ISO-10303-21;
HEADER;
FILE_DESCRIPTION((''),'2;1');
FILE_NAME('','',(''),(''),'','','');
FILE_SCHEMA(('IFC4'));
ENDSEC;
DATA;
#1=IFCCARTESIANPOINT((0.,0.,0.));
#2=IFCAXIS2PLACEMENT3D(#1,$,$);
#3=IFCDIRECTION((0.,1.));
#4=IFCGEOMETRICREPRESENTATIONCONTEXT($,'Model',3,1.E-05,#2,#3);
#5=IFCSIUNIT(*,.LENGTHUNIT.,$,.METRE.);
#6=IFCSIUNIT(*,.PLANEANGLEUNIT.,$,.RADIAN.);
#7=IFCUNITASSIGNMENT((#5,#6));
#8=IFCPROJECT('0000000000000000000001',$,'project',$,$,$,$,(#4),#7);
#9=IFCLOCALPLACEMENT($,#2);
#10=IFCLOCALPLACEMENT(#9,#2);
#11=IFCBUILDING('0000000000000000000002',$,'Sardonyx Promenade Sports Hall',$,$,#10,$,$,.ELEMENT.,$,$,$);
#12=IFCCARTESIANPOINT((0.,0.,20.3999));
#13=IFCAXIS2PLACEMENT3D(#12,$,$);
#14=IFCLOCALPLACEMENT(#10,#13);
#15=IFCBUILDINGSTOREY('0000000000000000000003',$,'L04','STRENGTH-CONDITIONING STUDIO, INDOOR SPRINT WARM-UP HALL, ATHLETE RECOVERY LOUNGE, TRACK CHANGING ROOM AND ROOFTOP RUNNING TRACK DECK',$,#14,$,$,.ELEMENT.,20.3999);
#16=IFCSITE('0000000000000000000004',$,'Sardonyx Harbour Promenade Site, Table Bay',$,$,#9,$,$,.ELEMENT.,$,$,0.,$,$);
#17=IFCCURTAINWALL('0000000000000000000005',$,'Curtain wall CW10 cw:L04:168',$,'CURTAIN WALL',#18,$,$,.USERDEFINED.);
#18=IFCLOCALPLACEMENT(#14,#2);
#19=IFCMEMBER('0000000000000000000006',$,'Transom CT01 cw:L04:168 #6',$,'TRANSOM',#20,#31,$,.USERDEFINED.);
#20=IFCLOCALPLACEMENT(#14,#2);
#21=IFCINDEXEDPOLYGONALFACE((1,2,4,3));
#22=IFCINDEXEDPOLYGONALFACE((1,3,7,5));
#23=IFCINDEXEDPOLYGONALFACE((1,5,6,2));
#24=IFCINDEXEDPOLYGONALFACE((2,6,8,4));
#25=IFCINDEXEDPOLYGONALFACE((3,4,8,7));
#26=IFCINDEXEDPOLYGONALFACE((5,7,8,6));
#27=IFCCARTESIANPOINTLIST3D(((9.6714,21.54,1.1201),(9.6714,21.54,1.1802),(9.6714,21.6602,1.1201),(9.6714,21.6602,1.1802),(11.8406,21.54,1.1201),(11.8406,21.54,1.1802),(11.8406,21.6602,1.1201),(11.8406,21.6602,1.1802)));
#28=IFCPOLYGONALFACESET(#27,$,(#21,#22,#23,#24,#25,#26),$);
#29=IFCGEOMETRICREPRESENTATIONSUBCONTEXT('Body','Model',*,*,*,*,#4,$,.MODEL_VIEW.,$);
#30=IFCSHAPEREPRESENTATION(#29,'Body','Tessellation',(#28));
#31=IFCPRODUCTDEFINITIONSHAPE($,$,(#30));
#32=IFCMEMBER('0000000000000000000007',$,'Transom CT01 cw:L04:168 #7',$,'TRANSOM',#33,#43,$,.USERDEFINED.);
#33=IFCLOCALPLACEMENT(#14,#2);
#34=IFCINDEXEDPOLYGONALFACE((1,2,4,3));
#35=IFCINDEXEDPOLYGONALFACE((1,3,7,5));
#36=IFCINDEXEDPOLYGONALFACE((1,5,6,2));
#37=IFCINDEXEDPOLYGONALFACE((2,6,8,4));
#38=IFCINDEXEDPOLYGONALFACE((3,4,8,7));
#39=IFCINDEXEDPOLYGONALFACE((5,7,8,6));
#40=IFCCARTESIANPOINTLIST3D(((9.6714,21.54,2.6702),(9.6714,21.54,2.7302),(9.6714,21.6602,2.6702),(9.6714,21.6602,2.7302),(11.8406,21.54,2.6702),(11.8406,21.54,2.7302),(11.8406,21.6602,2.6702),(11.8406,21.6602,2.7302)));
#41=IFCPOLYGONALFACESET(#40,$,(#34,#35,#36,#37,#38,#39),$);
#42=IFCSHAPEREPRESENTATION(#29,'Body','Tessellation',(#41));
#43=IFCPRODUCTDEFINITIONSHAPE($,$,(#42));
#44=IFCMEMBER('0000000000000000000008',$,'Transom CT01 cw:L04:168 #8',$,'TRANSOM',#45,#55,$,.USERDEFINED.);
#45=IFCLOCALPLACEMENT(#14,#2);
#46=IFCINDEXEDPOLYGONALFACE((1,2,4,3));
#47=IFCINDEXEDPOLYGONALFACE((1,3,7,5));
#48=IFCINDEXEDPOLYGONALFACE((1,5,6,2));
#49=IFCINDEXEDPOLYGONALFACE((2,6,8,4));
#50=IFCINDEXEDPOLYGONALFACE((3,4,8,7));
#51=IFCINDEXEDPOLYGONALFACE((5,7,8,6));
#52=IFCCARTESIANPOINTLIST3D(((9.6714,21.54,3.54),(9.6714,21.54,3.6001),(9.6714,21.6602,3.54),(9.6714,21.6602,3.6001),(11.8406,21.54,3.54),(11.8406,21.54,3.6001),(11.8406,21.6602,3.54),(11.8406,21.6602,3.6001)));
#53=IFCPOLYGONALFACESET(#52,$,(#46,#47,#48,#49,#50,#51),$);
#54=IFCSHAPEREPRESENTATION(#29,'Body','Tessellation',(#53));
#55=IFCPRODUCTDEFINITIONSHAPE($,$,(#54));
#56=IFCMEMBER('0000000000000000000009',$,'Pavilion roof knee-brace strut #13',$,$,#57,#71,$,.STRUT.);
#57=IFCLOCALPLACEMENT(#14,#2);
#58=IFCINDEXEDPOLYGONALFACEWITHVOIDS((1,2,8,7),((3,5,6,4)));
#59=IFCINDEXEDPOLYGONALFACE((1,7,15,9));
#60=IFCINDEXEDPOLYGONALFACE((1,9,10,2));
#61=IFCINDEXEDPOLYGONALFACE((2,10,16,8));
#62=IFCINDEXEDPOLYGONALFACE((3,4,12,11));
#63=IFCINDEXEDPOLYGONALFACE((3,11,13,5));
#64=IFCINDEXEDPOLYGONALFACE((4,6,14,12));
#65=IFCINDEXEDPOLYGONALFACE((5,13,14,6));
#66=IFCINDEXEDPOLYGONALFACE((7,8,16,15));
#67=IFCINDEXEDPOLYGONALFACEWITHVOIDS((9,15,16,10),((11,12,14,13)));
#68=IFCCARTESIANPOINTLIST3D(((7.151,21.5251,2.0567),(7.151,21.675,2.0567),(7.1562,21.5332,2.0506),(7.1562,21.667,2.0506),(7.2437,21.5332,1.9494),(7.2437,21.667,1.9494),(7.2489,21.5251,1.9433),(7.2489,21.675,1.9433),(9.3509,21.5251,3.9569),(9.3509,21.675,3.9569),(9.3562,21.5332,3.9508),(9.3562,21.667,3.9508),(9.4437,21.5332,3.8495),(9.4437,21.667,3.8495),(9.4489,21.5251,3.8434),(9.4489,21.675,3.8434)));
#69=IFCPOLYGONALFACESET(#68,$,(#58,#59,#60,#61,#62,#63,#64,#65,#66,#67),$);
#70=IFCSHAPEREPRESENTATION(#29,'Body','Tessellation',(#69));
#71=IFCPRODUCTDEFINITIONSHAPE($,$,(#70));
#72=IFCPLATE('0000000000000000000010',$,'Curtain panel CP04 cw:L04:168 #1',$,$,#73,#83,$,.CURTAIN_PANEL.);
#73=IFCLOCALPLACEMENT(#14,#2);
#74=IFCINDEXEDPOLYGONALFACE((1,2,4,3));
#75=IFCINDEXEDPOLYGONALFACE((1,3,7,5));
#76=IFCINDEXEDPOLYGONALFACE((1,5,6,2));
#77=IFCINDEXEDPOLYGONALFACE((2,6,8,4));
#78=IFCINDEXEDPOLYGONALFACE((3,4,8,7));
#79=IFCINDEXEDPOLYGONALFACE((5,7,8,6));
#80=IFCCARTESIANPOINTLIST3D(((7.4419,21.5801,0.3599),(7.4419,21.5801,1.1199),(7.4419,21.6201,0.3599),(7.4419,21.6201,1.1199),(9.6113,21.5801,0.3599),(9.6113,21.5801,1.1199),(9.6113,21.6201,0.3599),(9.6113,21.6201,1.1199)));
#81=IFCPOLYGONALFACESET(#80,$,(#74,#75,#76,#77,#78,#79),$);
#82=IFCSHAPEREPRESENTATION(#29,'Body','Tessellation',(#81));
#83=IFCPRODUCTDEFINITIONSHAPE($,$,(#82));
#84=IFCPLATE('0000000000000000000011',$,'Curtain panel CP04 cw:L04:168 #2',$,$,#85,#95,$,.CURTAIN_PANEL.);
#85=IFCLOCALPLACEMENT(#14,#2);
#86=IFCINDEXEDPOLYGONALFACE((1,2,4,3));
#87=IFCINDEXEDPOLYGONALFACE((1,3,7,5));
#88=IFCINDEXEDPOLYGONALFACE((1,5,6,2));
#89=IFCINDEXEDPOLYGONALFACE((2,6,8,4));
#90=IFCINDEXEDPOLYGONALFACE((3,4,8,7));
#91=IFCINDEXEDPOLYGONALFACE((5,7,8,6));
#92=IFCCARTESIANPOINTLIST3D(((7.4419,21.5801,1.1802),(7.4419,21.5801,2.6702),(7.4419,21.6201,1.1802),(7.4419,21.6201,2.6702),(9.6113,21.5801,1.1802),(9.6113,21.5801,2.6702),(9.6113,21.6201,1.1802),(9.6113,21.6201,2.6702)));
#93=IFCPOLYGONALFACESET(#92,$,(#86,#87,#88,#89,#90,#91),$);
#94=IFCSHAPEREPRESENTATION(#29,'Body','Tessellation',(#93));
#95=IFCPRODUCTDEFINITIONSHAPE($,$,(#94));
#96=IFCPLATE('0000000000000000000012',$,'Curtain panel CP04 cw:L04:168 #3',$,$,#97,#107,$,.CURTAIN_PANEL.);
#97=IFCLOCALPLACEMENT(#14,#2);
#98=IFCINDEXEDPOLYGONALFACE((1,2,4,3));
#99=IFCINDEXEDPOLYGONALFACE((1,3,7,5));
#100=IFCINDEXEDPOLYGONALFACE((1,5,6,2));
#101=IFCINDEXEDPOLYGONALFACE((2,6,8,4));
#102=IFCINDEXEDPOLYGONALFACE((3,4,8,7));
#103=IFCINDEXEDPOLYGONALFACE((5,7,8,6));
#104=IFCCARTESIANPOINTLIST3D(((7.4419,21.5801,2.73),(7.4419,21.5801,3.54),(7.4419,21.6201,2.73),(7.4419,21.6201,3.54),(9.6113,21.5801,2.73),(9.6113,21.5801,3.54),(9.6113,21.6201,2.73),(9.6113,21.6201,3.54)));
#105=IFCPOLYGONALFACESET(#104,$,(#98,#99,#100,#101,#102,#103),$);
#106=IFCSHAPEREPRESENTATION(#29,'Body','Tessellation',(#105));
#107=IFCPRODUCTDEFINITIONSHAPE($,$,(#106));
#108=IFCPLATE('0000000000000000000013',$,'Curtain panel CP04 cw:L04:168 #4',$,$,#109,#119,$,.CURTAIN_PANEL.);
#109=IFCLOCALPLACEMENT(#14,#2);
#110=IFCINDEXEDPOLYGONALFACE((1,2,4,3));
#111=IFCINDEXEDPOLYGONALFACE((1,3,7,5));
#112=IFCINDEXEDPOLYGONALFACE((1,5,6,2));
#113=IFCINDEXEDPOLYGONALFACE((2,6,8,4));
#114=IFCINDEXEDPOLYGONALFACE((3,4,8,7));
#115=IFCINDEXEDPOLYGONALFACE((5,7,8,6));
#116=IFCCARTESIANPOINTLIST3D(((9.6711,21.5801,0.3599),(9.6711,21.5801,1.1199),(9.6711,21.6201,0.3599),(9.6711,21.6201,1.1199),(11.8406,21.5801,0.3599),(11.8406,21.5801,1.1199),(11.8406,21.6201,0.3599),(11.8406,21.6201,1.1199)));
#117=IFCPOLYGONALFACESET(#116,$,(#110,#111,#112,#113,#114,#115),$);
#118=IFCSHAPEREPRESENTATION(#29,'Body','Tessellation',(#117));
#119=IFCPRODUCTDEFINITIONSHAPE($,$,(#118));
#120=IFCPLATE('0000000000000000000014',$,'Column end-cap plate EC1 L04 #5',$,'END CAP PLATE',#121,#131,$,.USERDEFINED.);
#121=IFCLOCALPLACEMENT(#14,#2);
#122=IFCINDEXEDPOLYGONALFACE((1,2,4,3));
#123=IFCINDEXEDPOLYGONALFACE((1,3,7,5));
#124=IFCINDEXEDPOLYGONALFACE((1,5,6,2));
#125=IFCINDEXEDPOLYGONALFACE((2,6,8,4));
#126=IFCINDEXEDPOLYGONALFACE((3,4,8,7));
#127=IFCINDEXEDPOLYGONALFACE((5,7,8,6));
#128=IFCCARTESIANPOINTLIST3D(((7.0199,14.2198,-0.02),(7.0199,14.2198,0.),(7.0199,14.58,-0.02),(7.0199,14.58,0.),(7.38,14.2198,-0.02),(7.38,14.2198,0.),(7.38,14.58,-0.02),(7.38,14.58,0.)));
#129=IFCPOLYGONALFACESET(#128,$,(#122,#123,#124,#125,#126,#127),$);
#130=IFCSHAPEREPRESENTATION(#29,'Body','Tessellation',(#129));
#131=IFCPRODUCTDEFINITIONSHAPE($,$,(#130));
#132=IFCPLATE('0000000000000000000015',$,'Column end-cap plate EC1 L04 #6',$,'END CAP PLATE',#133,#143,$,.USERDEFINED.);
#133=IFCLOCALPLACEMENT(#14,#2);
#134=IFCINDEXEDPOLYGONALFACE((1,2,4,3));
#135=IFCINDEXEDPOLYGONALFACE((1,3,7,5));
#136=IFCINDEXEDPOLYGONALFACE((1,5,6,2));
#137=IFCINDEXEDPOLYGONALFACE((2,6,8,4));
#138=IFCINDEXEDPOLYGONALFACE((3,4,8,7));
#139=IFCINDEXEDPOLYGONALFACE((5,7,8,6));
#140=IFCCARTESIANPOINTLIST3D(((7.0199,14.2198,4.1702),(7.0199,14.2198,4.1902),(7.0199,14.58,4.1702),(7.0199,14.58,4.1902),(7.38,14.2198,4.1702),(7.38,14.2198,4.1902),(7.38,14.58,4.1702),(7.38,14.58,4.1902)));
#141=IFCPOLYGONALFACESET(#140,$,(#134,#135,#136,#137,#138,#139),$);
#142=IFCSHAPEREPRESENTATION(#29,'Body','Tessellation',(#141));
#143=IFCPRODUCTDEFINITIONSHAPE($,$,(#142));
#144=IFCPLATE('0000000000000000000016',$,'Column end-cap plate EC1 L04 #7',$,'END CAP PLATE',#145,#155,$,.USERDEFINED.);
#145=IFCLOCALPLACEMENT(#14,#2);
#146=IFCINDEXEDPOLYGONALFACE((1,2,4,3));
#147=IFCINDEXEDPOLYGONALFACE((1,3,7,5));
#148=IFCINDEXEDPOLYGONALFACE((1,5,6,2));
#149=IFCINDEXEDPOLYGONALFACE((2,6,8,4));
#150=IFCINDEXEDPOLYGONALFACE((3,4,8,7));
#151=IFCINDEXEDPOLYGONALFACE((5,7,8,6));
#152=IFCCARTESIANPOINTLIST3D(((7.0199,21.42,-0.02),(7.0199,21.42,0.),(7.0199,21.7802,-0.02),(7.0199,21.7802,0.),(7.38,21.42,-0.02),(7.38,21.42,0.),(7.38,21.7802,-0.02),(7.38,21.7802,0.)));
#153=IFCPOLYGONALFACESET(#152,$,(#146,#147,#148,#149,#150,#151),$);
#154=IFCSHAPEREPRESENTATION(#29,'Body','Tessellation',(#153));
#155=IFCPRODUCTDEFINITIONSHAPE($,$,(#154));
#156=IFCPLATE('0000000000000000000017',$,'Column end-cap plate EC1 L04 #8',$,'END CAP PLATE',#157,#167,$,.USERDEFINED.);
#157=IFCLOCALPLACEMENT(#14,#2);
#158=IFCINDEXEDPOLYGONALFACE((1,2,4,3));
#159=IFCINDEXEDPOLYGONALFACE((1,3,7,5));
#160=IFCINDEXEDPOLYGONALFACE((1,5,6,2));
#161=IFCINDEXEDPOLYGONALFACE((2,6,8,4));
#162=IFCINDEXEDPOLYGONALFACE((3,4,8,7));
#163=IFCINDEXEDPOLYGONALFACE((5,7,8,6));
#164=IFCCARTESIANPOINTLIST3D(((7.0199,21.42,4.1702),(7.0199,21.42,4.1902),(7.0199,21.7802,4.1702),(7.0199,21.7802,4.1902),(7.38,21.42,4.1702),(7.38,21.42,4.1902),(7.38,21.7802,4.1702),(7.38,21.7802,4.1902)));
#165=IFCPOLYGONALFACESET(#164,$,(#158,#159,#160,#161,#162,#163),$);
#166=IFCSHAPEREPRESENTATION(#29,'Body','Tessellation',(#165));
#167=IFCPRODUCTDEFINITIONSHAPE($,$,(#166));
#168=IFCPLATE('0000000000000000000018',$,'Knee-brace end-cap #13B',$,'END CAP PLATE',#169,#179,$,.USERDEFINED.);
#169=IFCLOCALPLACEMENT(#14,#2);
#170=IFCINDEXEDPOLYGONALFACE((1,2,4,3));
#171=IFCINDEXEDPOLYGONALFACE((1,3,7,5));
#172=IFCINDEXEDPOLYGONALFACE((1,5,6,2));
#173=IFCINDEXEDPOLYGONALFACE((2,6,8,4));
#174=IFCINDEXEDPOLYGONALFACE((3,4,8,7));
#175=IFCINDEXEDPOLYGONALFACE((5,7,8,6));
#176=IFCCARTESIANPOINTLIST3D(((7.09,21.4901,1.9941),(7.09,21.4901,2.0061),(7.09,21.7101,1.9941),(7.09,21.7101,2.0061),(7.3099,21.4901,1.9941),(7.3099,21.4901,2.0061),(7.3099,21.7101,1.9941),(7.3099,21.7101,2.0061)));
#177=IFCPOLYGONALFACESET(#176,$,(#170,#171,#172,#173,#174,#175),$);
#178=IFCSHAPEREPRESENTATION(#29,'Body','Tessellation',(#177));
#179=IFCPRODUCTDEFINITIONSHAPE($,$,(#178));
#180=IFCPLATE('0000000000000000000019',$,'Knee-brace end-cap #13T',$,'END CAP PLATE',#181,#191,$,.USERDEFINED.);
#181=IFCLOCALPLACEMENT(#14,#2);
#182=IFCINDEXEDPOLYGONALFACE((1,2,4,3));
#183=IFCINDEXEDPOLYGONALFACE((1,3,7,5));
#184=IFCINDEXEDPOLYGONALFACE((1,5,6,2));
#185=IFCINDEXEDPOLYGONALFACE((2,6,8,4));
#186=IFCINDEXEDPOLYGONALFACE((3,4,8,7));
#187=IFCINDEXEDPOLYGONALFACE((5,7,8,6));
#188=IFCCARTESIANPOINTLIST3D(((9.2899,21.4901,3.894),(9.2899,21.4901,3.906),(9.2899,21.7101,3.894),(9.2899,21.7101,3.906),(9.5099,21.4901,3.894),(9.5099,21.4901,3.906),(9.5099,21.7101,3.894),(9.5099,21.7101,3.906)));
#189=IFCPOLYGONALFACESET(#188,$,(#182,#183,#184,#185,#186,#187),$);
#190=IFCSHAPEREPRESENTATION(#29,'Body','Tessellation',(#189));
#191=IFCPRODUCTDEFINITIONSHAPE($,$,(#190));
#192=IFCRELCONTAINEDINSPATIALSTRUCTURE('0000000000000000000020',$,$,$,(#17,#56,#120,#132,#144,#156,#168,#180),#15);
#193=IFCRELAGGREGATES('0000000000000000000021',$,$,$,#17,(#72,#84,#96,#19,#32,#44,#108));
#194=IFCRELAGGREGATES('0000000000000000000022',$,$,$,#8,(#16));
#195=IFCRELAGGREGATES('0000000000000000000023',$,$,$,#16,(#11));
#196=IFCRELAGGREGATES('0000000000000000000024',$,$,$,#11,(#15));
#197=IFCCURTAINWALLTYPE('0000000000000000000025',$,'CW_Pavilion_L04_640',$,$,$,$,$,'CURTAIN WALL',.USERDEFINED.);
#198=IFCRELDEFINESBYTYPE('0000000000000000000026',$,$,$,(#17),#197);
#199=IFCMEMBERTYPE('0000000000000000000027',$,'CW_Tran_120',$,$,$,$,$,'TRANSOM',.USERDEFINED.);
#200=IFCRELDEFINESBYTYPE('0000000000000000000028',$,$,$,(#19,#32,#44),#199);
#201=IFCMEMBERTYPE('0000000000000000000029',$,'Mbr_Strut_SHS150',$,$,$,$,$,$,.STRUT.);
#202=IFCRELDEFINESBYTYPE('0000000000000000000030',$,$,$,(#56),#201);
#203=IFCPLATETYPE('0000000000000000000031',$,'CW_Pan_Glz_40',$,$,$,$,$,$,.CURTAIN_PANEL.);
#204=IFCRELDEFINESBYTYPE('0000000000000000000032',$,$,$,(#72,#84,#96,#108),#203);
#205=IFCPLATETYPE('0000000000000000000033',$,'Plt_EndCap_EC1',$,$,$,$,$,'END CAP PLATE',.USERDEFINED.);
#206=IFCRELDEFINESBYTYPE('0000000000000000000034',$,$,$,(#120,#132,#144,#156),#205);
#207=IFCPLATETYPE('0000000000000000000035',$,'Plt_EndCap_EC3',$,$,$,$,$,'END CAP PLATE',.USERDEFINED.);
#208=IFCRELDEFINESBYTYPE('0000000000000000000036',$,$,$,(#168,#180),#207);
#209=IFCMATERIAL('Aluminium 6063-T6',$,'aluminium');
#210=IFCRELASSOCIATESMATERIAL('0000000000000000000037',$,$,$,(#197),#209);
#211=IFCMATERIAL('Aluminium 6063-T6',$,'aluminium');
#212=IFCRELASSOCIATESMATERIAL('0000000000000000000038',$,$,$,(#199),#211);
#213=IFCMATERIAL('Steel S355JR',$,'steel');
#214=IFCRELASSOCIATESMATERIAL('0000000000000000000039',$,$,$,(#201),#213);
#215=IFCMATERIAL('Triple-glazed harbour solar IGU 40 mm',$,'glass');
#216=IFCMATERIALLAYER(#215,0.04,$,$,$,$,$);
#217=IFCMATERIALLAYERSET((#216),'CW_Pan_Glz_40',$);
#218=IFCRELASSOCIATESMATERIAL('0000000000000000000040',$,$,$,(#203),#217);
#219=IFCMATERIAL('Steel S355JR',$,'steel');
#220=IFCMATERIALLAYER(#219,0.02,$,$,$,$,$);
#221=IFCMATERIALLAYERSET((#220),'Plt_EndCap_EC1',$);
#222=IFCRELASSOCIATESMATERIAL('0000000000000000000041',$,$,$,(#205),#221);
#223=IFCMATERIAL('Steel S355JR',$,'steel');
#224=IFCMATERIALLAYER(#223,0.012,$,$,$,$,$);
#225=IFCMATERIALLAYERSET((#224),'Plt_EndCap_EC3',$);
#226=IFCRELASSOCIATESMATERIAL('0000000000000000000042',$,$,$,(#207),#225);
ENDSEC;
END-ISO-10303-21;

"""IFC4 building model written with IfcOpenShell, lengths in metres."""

from ifc_helpers import new_model, si_unit, direction, frame, origin, origin_2d, place, context, subcontext, project, spatial, rectangle, hollow_rectangle, extrude, material, layer, layer_set, material_profile, profile_set, type_object, element, aggregate, save


model = new_model("IFC4")

# Units and contexts
model_context = context("Model", 3, precision=1e-05, world=origin(), true_north=direction((0.0, 1.0)))
body_context = subcontext(model_context, "Body", "Model", "MODEL_VIEW")
ifc_project = project(units=[si_unit("LENGTHUNIT", "METRE"), si_unit("PLANEANGLEUNIT", "RADIAN")], contexts=[model_context])

# Site, building, storey
site_placement = place(None, origin())
site = spatial("IfcSite", under=ifc_project, at=site_placement, Name="Sardonyx Harbour Promenade Site, Table Bay", CompositionType="ELEMENT", RefElevation=0.0)
building_placement = place(site_placement, origin())
building = spatial("IfcBuilding", under=site, at=building_placement, Name="Sardonyx Promenade Sports Hall", CompositionType="ELEMENT")
storey_placement = place(building_placement, frame((0.0, 0.0, 20.3999)))
storey = spatial("IfcBuildingStorey", under=building, at=storey_placement, Name="L04", Description="STRENGTH-CONDITIONING STUDIO, INDOOR SPRINT WARM-UP HALL, ATHLETE RECOVERY LOUNGE, TRACK CHANGING ROOM AND ROOFTOP RUNNING TRACK DECK", CompositionType="ELEMENT", Elevation=20.3999)

# Curtain wall, members
ifc_material_1 = material(Name="Aluminium 6063-T6", Category="aluminium")
curtain_wall_type = type_object("IfcCurtainWallType", Name="CW_Pavilion_L04_640", ElementType="CURTAIN WALL", PredefinedType="USERDEFINED", material=ifc_material_1)
curtain_wall_placement = place(storey_placement, origin())
curtain_wall = element("IfcCurtainWall", 1, at=curtain_wall_placement, inside=storey, type_object=curtain_wall_type, Name="Curtain wall CW10 cw:L04:168", ObjectType="CURTAIN WALL", PredefinedType="USERDEFINED")
ifc_material_2 = material(Name="Aluminium 6063-T6", Category="aluminium")
ifc_material_profile_1 = material_profile(ifc_material_2, rectangle(XDim=0.0601, YDim=0.1201, at=origin_2d()))
ifc_profile_set_1 = profile_set([ifc_material_profile_1], Name="Aluminium 6063-T6")
member_type_1 = type_object("IfcMemberType", Name="CW_Tran_120", ElementType="TRANSOM", PredefinedType="USERDEFINED", material=ifc_profile_set_1)
member_1_placement = place(storey_placement, frame((9.6714, 21.6001, 1.1501), z_axis=(1.0, 0.0, 0.0), x_axis=(0.0, 0.0, 1.0)))
member_1 = element("IfcMember", 2, at=member_1_placement, type_object=member_type_1, Name="Transom CT01 cw:L04:168 #6", ObjectType="TRANSOM", PredefinedType="USERDEFINED", context=body_context, shape_type="SweptSolid", body=[
    extrude(rectangle(XDim=0.0601, YDim=0.1201, at=origin_2d()), origin(), (0.0, 0.0, 1.0), 2.1692),
])
member_2_placement = place(storey_placement, frame((9.6714, 21.6001, 2.7002), z_axis=(1.0, 0.0, 0.0), x_axis=(0.0, 0.0, 1.0)))
member_2 = element("IfcMember", 3, at=member_2_placement, type_object=member_type_1, Name="Transom CT01 cw:L04:168 #7", ObjectType="TRANSOM", PredefinedType="USERDEFINED", context=body_context, shape_type="SweptSolid", body=[
    extrude(rectangle(XDim=0.0601, YDim=0.1201, at=origin_2d()), origin(), (0.0, 0.0, 1.0), 2.1692),
])
member_3_placement = place(storey_placement, frame((9.6714, 21.6001, 3.5701), z_axis=(1.0, 0.0, 0.0), x_axis=(0.0, 0.0, 1.0)))
member_3 = element("IfcMember", 4, at=member_3_placement, type_object=member_type_1, Name="Transom CT01 cw:L04:168 #8", ObjectType="TRANSOM", PredefinedType="USERDEFINED", context=body_context, shape_type="SweptSolid", body=[
    extrude(rectangle(XDim=0.0601, YDim=0.1201, at=origin_2d()), origin(), (0.0, 0.0, 1.0), 2.1692),
])

# Member
ifc_material_3 = material(Name="Steel S355JR", Category="steel")
ifc_material_profile_2 = material_profile(ifc_material_3, hollow_rectangle(XDim=0.1499, YDim=0.1499, WallThickness=0.0081, at=origin_2d()))
ifc_profile_set_2 = profile_set([ifc_material_profile_2], Name="Steel S355JR")
member_type_2 = type_object("IfcMemberType", Name="Mbr_Strut_SHS150", PredefinedType="STRUT", material=ifc_profile_set_2)
member_4_placement = place(storey_placement, frame((7.2, 21.6001, 2.0), z_axis=(0.756791, 0.0, 0.653657), x_axis=(0.0, 1.0, 0.0)))
element("IfcMember", 5, at=member_4_placement, inside=storey, type_object=member_type_2, Name="Pavilion roof knee-brace strut #13", PredefinedType="STRUT", context=body_context, shape_type="SweptSolid", body=[
    extrude(hollow_rectangle(XDim=0.1499, YDim=0.1499, WallThickness=0.0081, at=origin_2d()), origin(), (0.0, 0.0, 1.0), 2.907),
])

# Plates
ifc_material_4 = material(Name="Triple-glazed harbour solar IGU 40 mm", Category="glass")
ifc_layer_1 = layer(ifc_material_4, 0.04)
ifc_layer_set_1 = layer_set([ifc_layer_1], Name="CW_Pan_Glz_40")
plate_type_1 = type_object("IfcPlateType", Name="CW_Pan_Glz_40", PredefinedType="CURTAIN_PANEL", material=ifc_layer_set_1)
plate_1_placement = place(storey_placement, frame((8.5266, 21.6001, 0.3599), z_axis=(0.0, 0.0, 1.0), x_axis=(1.0, 0.0, 0.0)))
plate_1 = element("IfcPlate", 6, at=plate_1_placement, type_object=plate_type_1, Name="Curtain panel CP04 cw:L04:168 #1", PredefinedType="CURTAIN_PANEL", context=body_context, shape_type="SweptSolid", body=[
    extrude(rectangle(XDim=2.1694, YDim=0.04, at=origin_2d()), origin(), (0.0, 0.0, 1.0), 0.76),
])
plate_2_placement = place(storey_placement, frame((8.5266, 21.6001, 1.1802), z_axis=(0.0, 0.0, 1.0), x_axis=(1.0, 0.0, 0.0)))
plate_2 = element("IfcPlate", 7, at=plate_2_placement, type_object=plate_type_1, Name="Curtain panel CP04 cw:L04:168 #2", PredefinedType="CURTAIN_PANEL", context=body_context, shape_type="SweptSolid", body=[
    extrude(rectangle(XDim=2.1694, YDim=0.04, at=origin_2d()), origin(), (0.0, 0.0, 1.0), 1.49),
])
plate_3_placement = place(storey_placement, frame((8.5266, 21.6001, 2.73), z_axis=(0.0, 0.0, 1.0), x_axis=(1.0, 0.0, 0.0)))
plate_3 = element("IfcPlate", 8, at=plate_3_placement, type_object=plate_type_1, Name="Curtain panel CP04 cw:L04:168 #3", PredefinedType="CURTAIN_PANEL", context=body_context, shape_type="SweptSolid", body=[
    extrude(rectangle(XDim=2.1694, YDim=0.04, at=origin_2d()), origin(), (0.0, 0.0, 1.0), 0.8101),
])
plate_4_placement = place(storey_placement, frame((10.7559, 21.6001, 0.3599), z_axis=(0.0, 0.0, 1.0), x_axis=(1.0, 0.0, 0.0)))
plate_4 = element("IfcPlate", 9, at=plate_4_placement, type_object=plate_type_1, Name="Curtain panel CP04 cw:L04:168 #4", PredefinedType="CURTAIN_PANEL", context=body_context, shape_type="SweptSolid", body=[
    extrude(rectangle(XDim=2.1694, YDim=0.04, at=origin_2d()), origin(), (0.0, 0.0, 1.0), 0.76),
])
aggregate(curtain_wall, [plate_1, plate_2, plate_3, member_1, member_2, member_3, plate_4])

# Plates
ifc_material_5 = material(Name="Steel S355JR", Category="steel")
ifc_layer_2 = layer(ifc_material_5, 0.02)
ifc_layer_set_2 = layer_set([ifc_layer_2], Name="Plt_EndCap_EC1")
plate_type_2 = type_object("IfcPlateType", Name="Plt_EndCap_EC1", ElementType="END CAP PLATE", PredefinedType="USERDEFINED", material=ifc_layer_set_2)
for number, where, z_axis, x_axis, name in (
    (10, (7.2, 14.3999, -0.02), (0.0, 0.0, 1.0), (1.0, 0.0, 0.0), "Column end-cap plate EC1 L04 #5"),
    (11, (7.2, 14.3999, 4.1702), (0.0, 0.0, 1.0), (1.0, 0.0, 0.0), "Column end-cap plate EC1 L04 #6"),
    (12, (7.2, 21.6001, -0.02), (0.0, 0.0, 1.0), (1.0, 0.0, 0.0), "Column end-cap plate EC1 L04 #7"),
    (13, (7.2, 21.6001, 4.1702), (0.0, 0.0, 1.0), (1.0, 0.0, 0.0), "Column end-cap plate EC1 L04 #8"),
):
    element("IfcPlate", number, at=place(storey_placement, frame(where, z_axis=z_axis, x_axis=x_axis)), inside=storey, type_object=plate_type_2, Name=name, ObjectType="END CAP PLATE", PredefinedType="USERDEFINED", context=body_context, shape_type="SweptSolid", body=[
        extrude(rectangle(XDim=0.3601, YDim=0.3601, at=origin_2d()), origin(), (0.0, 0.0, 1.0), 0.02),
    ])
ifc_material_6 = material(Name="Steel S355JR", Category="steel")
ifc_layer_3 = layer(ifc_material_6, 0.012)
ifc_layer_set_3 = layer_set([ifc_layer_3], Name="Plt_EndCap_EC3")
plate_type_3 = type_object("IfcPlateType", Name="Plt_EndCap_EC3", ElementType="END CAP PLATE", PredefinedType="USERDEFINED", material=ifc_layer_set_3)
for number, where, z_axis, x_axis, name in (
    (14, (7.2, 21.6001, 1.9941), (0.0, 0.0, 1.0), (1.0, 0.0, 0.0), "Knee-brace end-cap #13B"),
    (15, (9.3999, 21.6001, 3.894), (0.0, 0.0, 1.0), (1.0, 0.0, 0.0), "Knee-brace end-cap #13T"),
):
    element("IfcPlate", number, at=place(storey_placement, frame(where, z_axis=z_axis, x_axis=x_axis)), inside=storey, type_object=plate_type_3, Name=name, ObjectType="END CAP PLATE", PredefinedType="USERDEFINED", context=body_context, shape_type="SweptSolid", body=[
        extrude(rectangle(XDim=0.22, YDim=0.22, at=origin_2d()), origin(), (0.0, 0.0, 1.0), 0.012),
    ])

save(model, "model.ifc")
